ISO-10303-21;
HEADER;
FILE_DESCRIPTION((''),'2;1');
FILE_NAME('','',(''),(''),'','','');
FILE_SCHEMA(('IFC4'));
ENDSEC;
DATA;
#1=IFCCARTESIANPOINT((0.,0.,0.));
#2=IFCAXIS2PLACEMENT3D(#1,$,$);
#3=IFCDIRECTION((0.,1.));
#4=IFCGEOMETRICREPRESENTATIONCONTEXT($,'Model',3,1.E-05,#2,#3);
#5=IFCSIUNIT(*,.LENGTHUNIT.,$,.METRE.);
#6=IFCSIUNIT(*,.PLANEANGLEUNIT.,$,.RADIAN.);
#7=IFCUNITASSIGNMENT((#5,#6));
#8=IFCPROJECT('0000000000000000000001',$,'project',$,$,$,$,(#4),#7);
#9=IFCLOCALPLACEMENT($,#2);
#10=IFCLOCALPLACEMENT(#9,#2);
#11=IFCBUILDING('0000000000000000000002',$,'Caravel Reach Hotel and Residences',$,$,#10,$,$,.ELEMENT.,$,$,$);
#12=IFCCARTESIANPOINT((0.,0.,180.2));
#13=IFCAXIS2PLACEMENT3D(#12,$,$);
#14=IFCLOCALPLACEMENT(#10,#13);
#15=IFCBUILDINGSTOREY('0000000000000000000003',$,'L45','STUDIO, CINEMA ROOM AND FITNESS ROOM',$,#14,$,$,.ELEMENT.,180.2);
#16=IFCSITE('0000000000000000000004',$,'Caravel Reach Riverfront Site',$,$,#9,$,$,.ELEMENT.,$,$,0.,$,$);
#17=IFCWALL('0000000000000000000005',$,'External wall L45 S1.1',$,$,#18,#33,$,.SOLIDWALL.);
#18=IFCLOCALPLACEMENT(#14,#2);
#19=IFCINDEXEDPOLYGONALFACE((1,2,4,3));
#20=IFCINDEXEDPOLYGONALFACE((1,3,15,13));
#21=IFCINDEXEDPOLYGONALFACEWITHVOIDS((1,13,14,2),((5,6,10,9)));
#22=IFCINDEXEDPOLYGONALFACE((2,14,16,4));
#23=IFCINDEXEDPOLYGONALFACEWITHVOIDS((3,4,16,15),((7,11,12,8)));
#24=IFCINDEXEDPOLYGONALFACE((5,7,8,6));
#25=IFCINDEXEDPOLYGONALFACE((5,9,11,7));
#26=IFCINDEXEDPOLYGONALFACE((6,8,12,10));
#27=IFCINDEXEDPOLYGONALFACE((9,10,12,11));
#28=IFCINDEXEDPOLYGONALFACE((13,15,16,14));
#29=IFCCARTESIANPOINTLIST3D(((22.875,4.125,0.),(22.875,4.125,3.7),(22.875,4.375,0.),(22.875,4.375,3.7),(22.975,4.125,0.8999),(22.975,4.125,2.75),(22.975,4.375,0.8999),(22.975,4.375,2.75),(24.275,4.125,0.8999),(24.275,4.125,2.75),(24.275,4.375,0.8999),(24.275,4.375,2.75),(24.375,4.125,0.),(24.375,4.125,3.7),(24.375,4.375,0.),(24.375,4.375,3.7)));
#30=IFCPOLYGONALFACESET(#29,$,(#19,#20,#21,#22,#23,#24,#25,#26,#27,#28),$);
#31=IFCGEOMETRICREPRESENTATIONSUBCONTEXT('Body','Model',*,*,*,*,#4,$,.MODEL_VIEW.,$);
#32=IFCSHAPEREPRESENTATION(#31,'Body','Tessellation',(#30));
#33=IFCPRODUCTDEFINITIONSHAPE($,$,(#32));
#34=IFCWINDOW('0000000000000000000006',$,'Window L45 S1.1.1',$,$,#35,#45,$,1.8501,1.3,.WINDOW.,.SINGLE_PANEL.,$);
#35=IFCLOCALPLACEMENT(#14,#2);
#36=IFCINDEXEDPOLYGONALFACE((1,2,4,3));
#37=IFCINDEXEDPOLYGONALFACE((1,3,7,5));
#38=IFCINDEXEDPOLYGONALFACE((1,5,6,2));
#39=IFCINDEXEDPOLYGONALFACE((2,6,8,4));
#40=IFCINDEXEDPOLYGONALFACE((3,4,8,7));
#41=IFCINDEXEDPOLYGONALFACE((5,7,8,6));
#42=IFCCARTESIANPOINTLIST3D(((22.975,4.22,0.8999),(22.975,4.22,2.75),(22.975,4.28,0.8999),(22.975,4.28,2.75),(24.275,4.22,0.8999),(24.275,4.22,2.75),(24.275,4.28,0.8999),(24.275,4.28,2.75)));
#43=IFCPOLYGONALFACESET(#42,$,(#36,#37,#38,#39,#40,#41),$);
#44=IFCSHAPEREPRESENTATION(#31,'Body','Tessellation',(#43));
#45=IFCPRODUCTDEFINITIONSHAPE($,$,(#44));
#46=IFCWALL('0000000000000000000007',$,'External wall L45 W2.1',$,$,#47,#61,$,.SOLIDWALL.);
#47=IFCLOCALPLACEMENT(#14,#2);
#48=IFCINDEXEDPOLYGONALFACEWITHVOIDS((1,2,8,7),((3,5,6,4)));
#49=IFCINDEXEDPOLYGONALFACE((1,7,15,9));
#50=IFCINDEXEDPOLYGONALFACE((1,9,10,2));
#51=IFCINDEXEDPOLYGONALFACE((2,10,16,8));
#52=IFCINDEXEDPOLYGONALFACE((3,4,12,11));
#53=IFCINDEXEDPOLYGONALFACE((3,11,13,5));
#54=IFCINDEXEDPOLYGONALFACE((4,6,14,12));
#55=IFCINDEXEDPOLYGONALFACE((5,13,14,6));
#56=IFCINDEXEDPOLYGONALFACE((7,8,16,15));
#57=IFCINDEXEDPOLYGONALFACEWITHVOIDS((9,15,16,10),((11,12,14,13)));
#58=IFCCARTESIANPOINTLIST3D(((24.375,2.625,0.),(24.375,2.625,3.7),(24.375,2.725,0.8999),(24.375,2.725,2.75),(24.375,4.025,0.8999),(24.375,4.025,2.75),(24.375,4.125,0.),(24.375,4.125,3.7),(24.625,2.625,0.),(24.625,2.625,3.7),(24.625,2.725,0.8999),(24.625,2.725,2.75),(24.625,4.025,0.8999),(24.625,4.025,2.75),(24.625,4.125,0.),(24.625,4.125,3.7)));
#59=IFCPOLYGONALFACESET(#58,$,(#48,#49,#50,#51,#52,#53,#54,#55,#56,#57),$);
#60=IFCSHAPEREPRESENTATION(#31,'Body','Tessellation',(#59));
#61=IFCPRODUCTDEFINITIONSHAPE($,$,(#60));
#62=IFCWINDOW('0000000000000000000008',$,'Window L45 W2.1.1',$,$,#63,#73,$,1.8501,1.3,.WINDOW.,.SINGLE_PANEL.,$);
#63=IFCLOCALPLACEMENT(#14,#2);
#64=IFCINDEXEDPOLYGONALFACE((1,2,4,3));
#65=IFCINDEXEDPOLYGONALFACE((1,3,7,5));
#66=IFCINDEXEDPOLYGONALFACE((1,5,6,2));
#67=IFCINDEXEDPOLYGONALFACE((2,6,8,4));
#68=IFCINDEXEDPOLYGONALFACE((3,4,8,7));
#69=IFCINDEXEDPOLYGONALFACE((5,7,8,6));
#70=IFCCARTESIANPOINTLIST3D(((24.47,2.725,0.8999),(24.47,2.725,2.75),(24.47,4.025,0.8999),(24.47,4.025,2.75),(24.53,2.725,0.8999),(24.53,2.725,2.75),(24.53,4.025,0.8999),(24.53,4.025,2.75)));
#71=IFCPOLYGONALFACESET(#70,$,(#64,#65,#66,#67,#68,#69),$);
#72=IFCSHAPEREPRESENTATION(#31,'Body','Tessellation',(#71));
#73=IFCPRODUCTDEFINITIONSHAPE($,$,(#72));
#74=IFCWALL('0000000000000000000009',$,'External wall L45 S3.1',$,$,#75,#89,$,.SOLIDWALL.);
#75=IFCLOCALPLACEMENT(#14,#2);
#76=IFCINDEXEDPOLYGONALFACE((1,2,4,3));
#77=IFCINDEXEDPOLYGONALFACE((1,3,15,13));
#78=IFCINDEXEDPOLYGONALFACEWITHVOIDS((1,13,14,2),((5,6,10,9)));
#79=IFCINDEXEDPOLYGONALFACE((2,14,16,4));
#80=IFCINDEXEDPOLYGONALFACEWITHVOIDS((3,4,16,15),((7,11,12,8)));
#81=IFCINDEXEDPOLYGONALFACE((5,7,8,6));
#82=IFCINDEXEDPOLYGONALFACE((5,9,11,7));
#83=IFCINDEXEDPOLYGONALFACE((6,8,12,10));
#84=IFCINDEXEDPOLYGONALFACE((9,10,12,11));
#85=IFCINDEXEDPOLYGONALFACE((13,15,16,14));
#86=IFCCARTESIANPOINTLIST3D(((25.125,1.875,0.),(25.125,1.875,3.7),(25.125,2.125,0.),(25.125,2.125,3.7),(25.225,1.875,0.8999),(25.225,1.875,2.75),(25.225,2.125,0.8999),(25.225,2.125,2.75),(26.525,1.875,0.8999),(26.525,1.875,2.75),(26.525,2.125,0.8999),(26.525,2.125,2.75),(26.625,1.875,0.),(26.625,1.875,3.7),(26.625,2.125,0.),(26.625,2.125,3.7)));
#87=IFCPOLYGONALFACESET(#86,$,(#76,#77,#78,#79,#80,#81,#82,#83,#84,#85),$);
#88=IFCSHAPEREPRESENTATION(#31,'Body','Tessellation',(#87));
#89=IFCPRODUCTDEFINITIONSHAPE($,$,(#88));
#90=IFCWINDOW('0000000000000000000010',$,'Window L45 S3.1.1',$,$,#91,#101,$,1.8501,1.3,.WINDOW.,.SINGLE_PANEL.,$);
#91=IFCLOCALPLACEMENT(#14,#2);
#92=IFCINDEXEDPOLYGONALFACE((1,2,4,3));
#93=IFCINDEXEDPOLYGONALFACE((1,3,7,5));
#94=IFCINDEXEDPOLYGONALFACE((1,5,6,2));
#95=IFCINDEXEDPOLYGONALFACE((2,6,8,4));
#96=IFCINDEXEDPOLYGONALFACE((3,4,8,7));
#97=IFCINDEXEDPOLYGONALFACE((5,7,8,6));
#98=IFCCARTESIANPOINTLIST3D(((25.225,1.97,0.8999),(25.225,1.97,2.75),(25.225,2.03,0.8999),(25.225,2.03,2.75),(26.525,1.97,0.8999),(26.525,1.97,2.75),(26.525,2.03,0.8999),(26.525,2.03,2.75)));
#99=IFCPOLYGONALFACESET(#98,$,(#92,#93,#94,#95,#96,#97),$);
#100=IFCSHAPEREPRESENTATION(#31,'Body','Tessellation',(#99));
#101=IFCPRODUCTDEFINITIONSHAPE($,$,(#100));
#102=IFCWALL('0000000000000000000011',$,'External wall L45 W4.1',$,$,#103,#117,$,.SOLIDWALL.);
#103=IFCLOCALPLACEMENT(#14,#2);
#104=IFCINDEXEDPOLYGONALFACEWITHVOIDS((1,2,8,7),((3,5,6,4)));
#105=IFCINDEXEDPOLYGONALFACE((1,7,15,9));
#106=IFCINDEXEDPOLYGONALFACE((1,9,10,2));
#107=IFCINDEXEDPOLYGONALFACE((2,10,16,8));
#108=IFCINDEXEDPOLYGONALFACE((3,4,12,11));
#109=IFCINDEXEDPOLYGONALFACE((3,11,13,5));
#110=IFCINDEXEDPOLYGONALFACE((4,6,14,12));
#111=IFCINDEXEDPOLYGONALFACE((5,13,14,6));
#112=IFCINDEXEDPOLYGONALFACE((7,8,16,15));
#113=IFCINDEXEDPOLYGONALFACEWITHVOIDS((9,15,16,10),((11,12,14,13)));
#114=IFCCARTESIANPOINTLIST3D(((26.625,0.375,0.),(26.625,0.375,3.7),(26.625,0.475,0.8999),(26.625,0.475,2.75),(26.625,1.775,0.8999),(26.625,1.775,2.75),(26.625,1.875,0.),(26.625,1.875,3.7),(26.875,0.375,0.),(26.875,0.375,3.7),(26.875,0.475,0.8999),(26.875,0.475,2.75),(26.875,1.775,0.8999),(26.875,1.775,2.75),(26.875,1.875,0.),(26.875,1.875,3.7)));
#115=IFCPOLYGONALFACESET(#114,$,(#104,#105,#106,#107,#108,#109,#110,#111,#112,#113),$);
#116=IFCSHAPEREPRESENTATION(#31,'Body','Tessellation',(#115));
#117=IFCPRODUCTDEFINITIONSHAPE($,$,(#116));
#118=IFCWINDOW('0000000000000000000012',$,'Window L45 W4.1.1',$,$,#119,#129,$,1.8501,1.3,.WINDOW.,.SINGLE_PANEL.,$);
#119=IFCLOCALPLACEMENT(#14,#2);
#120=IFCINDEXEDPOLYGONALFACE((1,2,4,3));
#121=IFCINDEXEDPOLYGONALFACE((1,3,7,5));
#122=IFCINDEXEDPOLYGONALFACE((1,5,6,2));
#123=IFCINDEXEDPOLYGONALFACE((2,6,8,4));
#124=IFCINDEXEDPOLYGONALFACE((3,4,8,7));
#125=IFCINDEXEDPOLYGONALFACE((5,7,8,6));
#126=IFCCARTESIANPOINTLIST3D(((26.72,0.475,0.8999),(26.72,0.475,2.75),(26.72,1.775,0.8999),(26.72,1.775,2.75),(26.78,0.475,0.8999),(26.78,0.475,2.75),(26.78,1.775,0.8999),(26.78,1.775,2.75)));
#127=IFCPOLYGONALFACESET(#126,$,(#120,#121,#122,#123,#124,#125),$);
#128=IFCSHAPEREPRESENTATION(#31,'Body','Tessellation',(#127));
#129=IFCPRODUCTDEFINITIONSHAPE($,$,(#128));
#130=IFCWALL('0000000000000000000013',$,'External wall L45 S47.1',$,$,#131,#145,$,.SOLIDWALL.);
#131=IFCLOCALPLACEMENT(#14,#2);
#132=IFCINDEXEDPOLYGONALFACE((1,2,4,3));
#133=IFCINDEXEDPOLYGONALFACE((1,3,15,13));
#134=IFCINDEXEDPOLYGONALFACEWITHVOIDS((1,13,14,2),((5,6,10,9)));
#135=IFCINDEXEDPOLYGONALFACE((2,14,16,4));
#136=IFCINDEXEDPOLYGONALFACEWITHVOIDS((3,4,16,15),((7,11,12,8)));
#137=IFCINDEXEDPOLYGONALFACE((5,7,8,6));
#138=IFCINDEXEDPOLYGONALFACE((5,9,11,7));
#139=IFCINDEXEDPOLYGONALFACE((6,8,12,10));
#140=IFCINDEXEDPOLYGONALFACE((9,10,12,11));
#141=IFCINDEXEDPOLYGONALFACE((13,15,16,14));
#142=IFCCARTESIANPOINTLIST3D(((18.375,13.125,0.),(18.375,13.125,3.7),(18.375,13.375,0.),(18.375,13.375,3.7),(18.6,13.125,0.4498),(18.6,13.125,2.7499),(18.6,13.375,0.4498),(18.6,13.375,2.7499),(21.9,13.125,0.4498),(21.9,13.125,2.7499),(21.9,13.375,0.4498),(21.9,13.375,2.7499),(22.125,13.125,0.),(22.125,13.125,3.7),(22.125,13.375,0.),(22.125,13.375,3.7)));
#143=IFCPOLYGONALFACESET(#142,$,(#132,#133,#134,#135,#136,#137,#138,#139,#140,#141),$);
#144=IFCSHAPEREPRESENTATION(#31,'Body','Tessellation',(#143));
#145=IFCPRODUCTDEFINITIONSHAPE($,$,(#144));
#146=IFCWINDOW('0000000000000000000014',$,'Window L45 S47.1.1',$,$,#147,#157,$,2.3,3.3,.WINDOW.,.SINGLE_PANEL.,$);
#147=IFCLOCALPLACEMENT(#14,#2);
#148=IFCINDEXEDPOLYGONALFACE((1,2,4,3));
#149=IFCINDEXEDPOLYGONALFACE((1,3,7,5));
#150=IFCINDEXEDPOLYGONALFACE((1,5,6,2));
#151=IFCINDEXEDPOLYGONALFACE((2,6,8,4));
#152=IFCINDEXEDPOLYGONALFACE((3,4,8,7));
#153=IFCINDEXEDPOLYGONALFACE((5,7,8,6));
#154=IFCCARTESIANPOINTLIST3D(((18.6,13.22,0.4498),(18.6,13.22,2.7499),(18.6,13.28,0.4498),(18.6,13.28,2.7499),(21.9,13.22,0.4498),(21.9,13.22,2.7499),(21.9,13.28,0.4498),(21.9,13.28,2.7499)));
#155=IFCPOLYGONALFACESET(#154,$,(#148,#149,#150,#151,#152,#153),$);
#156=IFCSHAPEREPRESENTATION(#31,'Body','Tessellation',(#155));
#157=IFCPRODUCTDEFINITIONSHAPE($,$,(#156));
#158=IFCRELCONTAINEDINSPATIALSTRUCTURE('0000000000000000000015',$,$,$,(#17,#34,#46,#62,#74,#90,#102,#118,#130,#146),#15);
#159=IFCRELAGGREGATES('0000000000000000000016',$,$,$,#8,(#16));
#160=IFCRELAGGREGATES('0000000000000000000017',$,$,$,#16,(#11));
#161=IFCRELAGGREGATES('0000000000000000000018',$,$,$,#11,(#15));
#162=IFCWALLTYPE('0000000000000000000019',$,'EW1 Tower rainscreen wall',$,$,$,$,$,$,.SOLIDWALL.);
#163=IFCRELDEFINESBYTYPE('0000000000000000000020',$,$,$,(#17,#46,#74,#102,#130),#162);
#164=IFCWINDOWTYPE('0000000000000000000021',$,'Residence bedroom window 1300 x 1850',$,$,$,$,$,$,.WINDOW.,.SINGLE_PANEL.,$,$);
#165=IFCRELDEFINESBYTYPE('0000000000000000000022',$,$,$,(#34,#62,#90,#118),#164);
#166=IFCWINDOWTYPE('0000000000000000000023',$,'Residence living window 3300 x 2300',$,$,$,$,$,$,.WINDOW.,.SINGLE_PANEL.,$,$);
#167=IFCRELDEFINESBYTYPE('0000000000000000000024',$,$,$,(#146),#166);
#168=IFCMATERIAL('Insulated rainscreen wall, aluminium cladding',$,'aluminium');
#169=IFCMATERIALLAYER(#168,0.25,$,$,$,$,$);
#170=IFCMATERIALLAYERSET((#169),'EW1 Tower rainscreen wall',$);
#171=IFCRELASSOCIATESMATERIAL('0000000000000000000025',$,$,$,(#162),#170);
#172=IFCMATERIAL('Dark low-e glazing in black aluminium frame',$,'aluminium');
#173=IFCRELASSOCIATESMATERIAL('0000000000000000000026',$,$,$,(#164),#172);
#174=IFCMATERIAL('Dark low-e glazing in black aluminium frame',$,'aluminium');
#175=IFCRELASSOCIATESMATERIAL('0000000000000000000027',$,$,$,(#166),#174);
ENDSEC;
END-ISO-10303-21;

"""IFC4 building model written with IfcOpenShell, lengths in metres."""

from ifc_helpers import new_model, si_unit, direction, frame, frame_2d, origin, place, context, subcontext, project, spatial, rectangle, extrude, material, layer, layer_set, type_object, element, fill, save


model = new_model("IFC4")

# Units and contexts
model_context = context("Model", 3, precision=1e-05, world=origin(), true_north=direction((0.0, 1.0)))
body_context = subcontext(model_context, "Body", "Model", "MODEL_VIEW")
ifc_project = project(units=[si_unit("LENGTHUNIT", "METRE"), si_unit("PLANEANGLEUNIT", "RADIAN")], contexts=[model_context])

# Site, building, storey
site_placement = place(None, origin())
site = spatial("IfcSite", under=ifc_project, at=site_placement, Name="Caravel Reach Riverfront Site", CompositionType="ELEMENT", RefElevation=0.0)
building_placement = place(site_placement, origin())
building = spatial("IfcBuilding", under=site, at=building_placement, Name="Caravel Reach Hotel and Residences", CompositionType="ELEMENT")
storey_placement = place(building_placement, frame((0.0, 0.0, 180.2)))
storey = spatial("IfcBuildingStorey", under=building, at=storey_placement, Name="L45", Description="STUDIO, CINEMA ROOM AND FITNESS ROOM", CompositionType="ELEMENT", Elevation=180.2)

# Walls, openings, windows
ifc_material_1 = material(Name="Insulated rainscreen wall, aluminium cladding", Category="aluminium")
ifc_layer_1 = layer(ifc_material_1, 0.25)
ifc_layer_set_1 = layer_set([ifc_layer_1], Name="EW1 Tower rainscreen wall")
wall_type_1 = type_object("IfcWallType", Name="EW1 Tower rainscreen wall", PredefinedType="SOLIDWALL", material=ifc_layer_set_1)
wall_1_placement = place(storey_placement, frame((22.875, 4.25, 0.0), z_axis=(0.0, 0.0, 1.0), x_axis=(1.0, 0.0, 0.0)))
wall_1 = element("IfcWall", 1, at=wall_1_placement, inside=storey, type_object=wall_type_1, Name="External wall L45 S1.1", PredefinedType="SOLIDWALL", context=body_context, shape_type="SweptSolid", body=[
    extrude(rectangle(XDim=1.5, YDim=0.25, at=frame_2d((0.75, 0.0))), origin(), (0.0, 0.0, 1.0), 3.7),
])
opening_1_placement = place(wall_1_placement, frame((0.1001, 0.0, 0.8999)))
opening_1 = element("IfcOpeningElement", 2, at=opening_1_placement, cuts=wall_1, PredefinedType="OPENING", context=body_context, shape_type="SweptSolid", body=[
    extrude(rectangle(XDim=1.3, YDim=1.8501, at=frame_2d((0.6499, 0.925))), frame((0.0, 0.135, 0.0), z_axis=(0.0, -1.0, 0.0), x_axis=(1.0, 0.0, 0.0)), (0.0, 0.0, 1.0), 0.27),
])
ifc_material_2 = material(Name="Dark low-e glazing in black aluminium frame", Category="aluminium")
window_type_1 = type_object("IfcWindowType", Name="Residence bedroom window 1300 x 1850", PartitioningType="SINGLE_PANEL", PredefinedType="WINDOW", material=ifc_material_2)
window_1_placement = place(opening_1_placement, origin())
window_1 = element("IfcWindow", 3, at=window_1_placement, inside=storey, type_object=window_type_1, Name="Window L45 S1.1.1", OverallHeight=1.8501, OverallWidth=1.3, PartitioningType="SINGLE_PANEL", PredefinedType="WINDOW", context=body_context, shape_type="SweptSolid", body=[
    extrude(rectangle(XDim=1.3, YDim=1.8501, at=frame_2d((0.6499, 0.925))), frame((0.0, 0.03, 0.0), z_axis=(0.0, -1.0, 0.0), x_axis=(1.0, 0.0, 0.0)), (0.0, 0.0, 1.0), 0.0601),
])
fill(opening_1, window_1)
wall_2_placement = place(storey_placement, frame((24.5, 4.125, 0.0), z_axis=(0.0, 0.0, 1.0), x_axis=(0.0, -1.0, 0.0)))
wall_2 = element("IfcWall", 4, at=wall_2_placement, inside=storey, type_object=wall_type_1, Name="External wall L45 W2.1", PredefinedType="SOLIDWALL", context=body_context, shape_type="SweptSolid", body=[
    extrude(rectangle(XDim=1.5, YDim=0.25, at=frame_2d((0.75, 0.0))), origin(), (0.0, 0.0, 1.0), 3.7),
])
opening_2_placement = place(wall_2_placement, frame((0.1001, 0.0, 0.8999)))
opening_2 = element("IfcOpeningElement", 5, at=opening_2_placement, cuts=wall_2, PredefinedType="OPENING", context=body_context, shape_type="SweptSolid", body=[
    extrude(rectangle(XDim=1.3, YDim=1.8501, at=frame_2d((0.6499, 0.925))), frame((0.0, 0.135, 0.0), z_axis=(0.0, -1.0, 0.0), x_axis=(1.0, 0.0, 0.0)), (0.0, 0.0, 1.0), 0.27),
])
window_2_placement = place(opening_2_placement, origin())
window_2 = element("IfcWindow", 6, at=window_2_placement, inside=storey, type_object=window_type_1, Name="Window L45 W2.1.1", OverallHeight=1.8501, OverallWidth=1.3, PartitioningType="SINGLE_PANEL", PredefinedType="WINDOW", context=body_context, shape_type="SweptSolid", body=[
    extrude(rectangle(XDim=1.3, YDim=1.8501, at=frame_2d((0.6499, 0.925))), frame((0.0, 0.03, 0.0), z_axis=(0.0, -1.0, 0.0), x_axis=(1.0, 0.0, 0.0)), (0.0, 0.0, 1.0), 0.0601),
])
fill(opening_2, window_2)
wall_3_placement = place(storey_placement, frame((25.125, 2.0, 0.0), z_axis=(0.0, 0.0, 1.0), x_axis=(1.0, 0.0, 0.0)))
wall_3 = element("IfcWall", 7, at=wall_3_placement, inside=storey, type_object=wall_type_1, Name="External wall L45 S3.1", PredefinedType="SOLIDWALL", context=body_context, shape_type="SweptSolid", body=[
    extrude(rectangle(XDim=1.5, YDim=0.25, at=frame_2d((0.75, 0.0))), origin(), (0.0, 0.0, 1.0), 3.7),
])
opening_3_placement = place(wall_3_placement, frame((0.1001, 0.0, 0.8999)))
opening_3 = element("IfcOpeningElement", 8, at=opening_3_placement, cuts=wall_3, PredefinedType="OPENING", context=body_context, shape_type="SweptSolid", body=[
    extrude(rectangle(XDim=1.3, YDim=1.8501, at=frame_2d((0.6499, 0.925))), frame((0.0, 0.135, 0.0), z_axis=(0.0, -1.0, 0.0), x_axis=(1.0, 0.0, 0.0)), (0.0, 0.0, 1.0), 0.27),
])
window_3_placement = place(opening_3_placement, origin())
window_3 = element("IfcWindow", 9, at=window_3_placement, inside=storey, type_object=window_type_1, Name="Window L45 S3.1.1", OverallHeight=1.8501, OverallWidth=1.3, PartitioningType="SINGLE_PANEL", PredefinedType="WINDOW", context=body_context, shape_type="SweptSolid", body=[
    extrude(rectangle(XDim=1.3, YDim=1.8501, at=frame_2d((0.6499, 0.925))), frame((0.0, 0.03, 0.0), z_axis=(0.0, -1.0, 0.0), x_axis=(1.0, 0.0, 0.0)), (0.0, 0.0, 1.0), 0.0601),
])
fill(opening_3, window_3)
wall_4_placement = place(storey_placement, frame((26.75, 1.875, 0.0), z_axis=(0.0, 0.0, 1.0), x_axis=(0.0, -1.0, 0.0)))
wall_4 = element("IfcWall", 10, at=wall_4_placement, inside=storey, type_object=wall_type_1, Name="External wall L45 W4.1", PredefinedType="SOLIDWALL", context=body_context, shape_type="SweptSolid", body=[
    extrude(rectangle(XDim=1.5, YDim=0.25, at=frame_2d((0.75, 0.0))), origin(), (0.0, 0.0, 1.0), 3.7),
])
opening_4_placement = place(wall_4_placement, frame((0.1001, 0.0, 0.8999)))
opening_4 = element("IfcOpeningElement", 11, at=opening_4_placement, cuts=wall_4, PredefinedType="OPENING", context=body_context, shape_type="SweptSolid", body=[
    extrude(rectangle(XDim=1.3, YDim=1.8501, at=frame_2d((0.6499, 0.925))), frame((0.0, 0.135, 0.0), z_axis=(0.0, -1.0, 0.0), x_axis=(1.0, 0.0, 0.0)), (0.0, 0.0, 1.0), 0.27),
])
window_4_placement = place(opening_4_placement, origin())
window_4 = element("IfcWindow", 12, at=window_4_placement, inside=storey, type_object=window_type_1, Name="Window L45 W4.1.1", OverallHeight=1.8501, OverallWidth=1.3, PartitioningType="SINGLE_PANEL", PredefinedType="WINDOW", context=body_context, shape_type="SweptSolid", body=[
    extrude(rectangle(XDim=1.3, YDim=1.8501, at=frame_2d((0.6499, 0.925))), frame((0.0, 0.03, 0.0), z_axis=(0.0, -1.0, 0.0), x_axis=(1.0, 0.0, 0.0)), (0.0, 0.0, 1.0), 0.0601),
])
fill(opening_4, window_4)
wall_5_placement = place(storey_placement, frame((18.375, 13.25, 0.0), z_axis=(0.0, 0.0, 1.0), x_axis=(1.0, 0.0, 0.0)))
wall_5 = element("IfcWall", 13, at=wall_5_placement, inside=storey, type_object=wall_type_1, Name="External wall L45 S47.1", PredefinedType="SOLIDWALL", context=body_context, shape_type="SweptSolid", body=[
    extrude(rectangle(XDim=3.75, YDim=0.25, at=frame_2d((1.875, 0.0))), origin(), (0.0, 0.0, 1.0), 3.7),
])
opening_5_placement = place(wall_5_placement, frame((0.2251, 0.0, 0.45)))
opening_5 = element("IfcOpeningElement", 14, at=opening_5_placement, cuts=wall_5, PredefinedType="OPENING", context=body_context, shape_type="SweptSolid", body=[
    extrude(rectangle(XDim=3.3, YDim=2.3, at=frame_2d((1.6499, 1.1499))), frame((0.0, 0.135, 0.0), z_axis=(0.0, -1.0, 0.0), x_axis=(1.0, 0.0, 0.0)), (0.0, 0.0, 1.0), 0.27),
])
ifc_material_3 = material(Name="Dark low-e glazing in black aluminium frame", Category="aluminium")
window_type_2 = type_object("IfcWindowType", Name="Residence living window 3300 x 2300", PartitioningType="SINGLE_PANEL", PredefinedType="WINDOW", material=ifc_material_3)
window_5_placement = place(opening_5_placement, origin())
window_5 = element("IfcWindow", 15, at=window_5_placement, inside=storey, type_object=window_type_2, Name="Window L45 S47.1.1", OverallHeight=2.3, OverallWidth=3.3, PartitioningType="SINGLE_PANEL", PredefinedType="WINDOW", context=body_context, shape_type="SweptSolid", body=[
    extrude(rectangle(XDim=3.3, YDim=2.3, at=frame_2d((1.6499, 1.1499))), frame((0.0, 0.03, 0.0), z_axis=(0.0, -1.0, 0.0), x_axis=(1.0, 0.0, 0.0)), (0.0, 0.0, 1.0), 0.0601),
])
fill(opening_5, window_5)

save(model, "model.ifc")
